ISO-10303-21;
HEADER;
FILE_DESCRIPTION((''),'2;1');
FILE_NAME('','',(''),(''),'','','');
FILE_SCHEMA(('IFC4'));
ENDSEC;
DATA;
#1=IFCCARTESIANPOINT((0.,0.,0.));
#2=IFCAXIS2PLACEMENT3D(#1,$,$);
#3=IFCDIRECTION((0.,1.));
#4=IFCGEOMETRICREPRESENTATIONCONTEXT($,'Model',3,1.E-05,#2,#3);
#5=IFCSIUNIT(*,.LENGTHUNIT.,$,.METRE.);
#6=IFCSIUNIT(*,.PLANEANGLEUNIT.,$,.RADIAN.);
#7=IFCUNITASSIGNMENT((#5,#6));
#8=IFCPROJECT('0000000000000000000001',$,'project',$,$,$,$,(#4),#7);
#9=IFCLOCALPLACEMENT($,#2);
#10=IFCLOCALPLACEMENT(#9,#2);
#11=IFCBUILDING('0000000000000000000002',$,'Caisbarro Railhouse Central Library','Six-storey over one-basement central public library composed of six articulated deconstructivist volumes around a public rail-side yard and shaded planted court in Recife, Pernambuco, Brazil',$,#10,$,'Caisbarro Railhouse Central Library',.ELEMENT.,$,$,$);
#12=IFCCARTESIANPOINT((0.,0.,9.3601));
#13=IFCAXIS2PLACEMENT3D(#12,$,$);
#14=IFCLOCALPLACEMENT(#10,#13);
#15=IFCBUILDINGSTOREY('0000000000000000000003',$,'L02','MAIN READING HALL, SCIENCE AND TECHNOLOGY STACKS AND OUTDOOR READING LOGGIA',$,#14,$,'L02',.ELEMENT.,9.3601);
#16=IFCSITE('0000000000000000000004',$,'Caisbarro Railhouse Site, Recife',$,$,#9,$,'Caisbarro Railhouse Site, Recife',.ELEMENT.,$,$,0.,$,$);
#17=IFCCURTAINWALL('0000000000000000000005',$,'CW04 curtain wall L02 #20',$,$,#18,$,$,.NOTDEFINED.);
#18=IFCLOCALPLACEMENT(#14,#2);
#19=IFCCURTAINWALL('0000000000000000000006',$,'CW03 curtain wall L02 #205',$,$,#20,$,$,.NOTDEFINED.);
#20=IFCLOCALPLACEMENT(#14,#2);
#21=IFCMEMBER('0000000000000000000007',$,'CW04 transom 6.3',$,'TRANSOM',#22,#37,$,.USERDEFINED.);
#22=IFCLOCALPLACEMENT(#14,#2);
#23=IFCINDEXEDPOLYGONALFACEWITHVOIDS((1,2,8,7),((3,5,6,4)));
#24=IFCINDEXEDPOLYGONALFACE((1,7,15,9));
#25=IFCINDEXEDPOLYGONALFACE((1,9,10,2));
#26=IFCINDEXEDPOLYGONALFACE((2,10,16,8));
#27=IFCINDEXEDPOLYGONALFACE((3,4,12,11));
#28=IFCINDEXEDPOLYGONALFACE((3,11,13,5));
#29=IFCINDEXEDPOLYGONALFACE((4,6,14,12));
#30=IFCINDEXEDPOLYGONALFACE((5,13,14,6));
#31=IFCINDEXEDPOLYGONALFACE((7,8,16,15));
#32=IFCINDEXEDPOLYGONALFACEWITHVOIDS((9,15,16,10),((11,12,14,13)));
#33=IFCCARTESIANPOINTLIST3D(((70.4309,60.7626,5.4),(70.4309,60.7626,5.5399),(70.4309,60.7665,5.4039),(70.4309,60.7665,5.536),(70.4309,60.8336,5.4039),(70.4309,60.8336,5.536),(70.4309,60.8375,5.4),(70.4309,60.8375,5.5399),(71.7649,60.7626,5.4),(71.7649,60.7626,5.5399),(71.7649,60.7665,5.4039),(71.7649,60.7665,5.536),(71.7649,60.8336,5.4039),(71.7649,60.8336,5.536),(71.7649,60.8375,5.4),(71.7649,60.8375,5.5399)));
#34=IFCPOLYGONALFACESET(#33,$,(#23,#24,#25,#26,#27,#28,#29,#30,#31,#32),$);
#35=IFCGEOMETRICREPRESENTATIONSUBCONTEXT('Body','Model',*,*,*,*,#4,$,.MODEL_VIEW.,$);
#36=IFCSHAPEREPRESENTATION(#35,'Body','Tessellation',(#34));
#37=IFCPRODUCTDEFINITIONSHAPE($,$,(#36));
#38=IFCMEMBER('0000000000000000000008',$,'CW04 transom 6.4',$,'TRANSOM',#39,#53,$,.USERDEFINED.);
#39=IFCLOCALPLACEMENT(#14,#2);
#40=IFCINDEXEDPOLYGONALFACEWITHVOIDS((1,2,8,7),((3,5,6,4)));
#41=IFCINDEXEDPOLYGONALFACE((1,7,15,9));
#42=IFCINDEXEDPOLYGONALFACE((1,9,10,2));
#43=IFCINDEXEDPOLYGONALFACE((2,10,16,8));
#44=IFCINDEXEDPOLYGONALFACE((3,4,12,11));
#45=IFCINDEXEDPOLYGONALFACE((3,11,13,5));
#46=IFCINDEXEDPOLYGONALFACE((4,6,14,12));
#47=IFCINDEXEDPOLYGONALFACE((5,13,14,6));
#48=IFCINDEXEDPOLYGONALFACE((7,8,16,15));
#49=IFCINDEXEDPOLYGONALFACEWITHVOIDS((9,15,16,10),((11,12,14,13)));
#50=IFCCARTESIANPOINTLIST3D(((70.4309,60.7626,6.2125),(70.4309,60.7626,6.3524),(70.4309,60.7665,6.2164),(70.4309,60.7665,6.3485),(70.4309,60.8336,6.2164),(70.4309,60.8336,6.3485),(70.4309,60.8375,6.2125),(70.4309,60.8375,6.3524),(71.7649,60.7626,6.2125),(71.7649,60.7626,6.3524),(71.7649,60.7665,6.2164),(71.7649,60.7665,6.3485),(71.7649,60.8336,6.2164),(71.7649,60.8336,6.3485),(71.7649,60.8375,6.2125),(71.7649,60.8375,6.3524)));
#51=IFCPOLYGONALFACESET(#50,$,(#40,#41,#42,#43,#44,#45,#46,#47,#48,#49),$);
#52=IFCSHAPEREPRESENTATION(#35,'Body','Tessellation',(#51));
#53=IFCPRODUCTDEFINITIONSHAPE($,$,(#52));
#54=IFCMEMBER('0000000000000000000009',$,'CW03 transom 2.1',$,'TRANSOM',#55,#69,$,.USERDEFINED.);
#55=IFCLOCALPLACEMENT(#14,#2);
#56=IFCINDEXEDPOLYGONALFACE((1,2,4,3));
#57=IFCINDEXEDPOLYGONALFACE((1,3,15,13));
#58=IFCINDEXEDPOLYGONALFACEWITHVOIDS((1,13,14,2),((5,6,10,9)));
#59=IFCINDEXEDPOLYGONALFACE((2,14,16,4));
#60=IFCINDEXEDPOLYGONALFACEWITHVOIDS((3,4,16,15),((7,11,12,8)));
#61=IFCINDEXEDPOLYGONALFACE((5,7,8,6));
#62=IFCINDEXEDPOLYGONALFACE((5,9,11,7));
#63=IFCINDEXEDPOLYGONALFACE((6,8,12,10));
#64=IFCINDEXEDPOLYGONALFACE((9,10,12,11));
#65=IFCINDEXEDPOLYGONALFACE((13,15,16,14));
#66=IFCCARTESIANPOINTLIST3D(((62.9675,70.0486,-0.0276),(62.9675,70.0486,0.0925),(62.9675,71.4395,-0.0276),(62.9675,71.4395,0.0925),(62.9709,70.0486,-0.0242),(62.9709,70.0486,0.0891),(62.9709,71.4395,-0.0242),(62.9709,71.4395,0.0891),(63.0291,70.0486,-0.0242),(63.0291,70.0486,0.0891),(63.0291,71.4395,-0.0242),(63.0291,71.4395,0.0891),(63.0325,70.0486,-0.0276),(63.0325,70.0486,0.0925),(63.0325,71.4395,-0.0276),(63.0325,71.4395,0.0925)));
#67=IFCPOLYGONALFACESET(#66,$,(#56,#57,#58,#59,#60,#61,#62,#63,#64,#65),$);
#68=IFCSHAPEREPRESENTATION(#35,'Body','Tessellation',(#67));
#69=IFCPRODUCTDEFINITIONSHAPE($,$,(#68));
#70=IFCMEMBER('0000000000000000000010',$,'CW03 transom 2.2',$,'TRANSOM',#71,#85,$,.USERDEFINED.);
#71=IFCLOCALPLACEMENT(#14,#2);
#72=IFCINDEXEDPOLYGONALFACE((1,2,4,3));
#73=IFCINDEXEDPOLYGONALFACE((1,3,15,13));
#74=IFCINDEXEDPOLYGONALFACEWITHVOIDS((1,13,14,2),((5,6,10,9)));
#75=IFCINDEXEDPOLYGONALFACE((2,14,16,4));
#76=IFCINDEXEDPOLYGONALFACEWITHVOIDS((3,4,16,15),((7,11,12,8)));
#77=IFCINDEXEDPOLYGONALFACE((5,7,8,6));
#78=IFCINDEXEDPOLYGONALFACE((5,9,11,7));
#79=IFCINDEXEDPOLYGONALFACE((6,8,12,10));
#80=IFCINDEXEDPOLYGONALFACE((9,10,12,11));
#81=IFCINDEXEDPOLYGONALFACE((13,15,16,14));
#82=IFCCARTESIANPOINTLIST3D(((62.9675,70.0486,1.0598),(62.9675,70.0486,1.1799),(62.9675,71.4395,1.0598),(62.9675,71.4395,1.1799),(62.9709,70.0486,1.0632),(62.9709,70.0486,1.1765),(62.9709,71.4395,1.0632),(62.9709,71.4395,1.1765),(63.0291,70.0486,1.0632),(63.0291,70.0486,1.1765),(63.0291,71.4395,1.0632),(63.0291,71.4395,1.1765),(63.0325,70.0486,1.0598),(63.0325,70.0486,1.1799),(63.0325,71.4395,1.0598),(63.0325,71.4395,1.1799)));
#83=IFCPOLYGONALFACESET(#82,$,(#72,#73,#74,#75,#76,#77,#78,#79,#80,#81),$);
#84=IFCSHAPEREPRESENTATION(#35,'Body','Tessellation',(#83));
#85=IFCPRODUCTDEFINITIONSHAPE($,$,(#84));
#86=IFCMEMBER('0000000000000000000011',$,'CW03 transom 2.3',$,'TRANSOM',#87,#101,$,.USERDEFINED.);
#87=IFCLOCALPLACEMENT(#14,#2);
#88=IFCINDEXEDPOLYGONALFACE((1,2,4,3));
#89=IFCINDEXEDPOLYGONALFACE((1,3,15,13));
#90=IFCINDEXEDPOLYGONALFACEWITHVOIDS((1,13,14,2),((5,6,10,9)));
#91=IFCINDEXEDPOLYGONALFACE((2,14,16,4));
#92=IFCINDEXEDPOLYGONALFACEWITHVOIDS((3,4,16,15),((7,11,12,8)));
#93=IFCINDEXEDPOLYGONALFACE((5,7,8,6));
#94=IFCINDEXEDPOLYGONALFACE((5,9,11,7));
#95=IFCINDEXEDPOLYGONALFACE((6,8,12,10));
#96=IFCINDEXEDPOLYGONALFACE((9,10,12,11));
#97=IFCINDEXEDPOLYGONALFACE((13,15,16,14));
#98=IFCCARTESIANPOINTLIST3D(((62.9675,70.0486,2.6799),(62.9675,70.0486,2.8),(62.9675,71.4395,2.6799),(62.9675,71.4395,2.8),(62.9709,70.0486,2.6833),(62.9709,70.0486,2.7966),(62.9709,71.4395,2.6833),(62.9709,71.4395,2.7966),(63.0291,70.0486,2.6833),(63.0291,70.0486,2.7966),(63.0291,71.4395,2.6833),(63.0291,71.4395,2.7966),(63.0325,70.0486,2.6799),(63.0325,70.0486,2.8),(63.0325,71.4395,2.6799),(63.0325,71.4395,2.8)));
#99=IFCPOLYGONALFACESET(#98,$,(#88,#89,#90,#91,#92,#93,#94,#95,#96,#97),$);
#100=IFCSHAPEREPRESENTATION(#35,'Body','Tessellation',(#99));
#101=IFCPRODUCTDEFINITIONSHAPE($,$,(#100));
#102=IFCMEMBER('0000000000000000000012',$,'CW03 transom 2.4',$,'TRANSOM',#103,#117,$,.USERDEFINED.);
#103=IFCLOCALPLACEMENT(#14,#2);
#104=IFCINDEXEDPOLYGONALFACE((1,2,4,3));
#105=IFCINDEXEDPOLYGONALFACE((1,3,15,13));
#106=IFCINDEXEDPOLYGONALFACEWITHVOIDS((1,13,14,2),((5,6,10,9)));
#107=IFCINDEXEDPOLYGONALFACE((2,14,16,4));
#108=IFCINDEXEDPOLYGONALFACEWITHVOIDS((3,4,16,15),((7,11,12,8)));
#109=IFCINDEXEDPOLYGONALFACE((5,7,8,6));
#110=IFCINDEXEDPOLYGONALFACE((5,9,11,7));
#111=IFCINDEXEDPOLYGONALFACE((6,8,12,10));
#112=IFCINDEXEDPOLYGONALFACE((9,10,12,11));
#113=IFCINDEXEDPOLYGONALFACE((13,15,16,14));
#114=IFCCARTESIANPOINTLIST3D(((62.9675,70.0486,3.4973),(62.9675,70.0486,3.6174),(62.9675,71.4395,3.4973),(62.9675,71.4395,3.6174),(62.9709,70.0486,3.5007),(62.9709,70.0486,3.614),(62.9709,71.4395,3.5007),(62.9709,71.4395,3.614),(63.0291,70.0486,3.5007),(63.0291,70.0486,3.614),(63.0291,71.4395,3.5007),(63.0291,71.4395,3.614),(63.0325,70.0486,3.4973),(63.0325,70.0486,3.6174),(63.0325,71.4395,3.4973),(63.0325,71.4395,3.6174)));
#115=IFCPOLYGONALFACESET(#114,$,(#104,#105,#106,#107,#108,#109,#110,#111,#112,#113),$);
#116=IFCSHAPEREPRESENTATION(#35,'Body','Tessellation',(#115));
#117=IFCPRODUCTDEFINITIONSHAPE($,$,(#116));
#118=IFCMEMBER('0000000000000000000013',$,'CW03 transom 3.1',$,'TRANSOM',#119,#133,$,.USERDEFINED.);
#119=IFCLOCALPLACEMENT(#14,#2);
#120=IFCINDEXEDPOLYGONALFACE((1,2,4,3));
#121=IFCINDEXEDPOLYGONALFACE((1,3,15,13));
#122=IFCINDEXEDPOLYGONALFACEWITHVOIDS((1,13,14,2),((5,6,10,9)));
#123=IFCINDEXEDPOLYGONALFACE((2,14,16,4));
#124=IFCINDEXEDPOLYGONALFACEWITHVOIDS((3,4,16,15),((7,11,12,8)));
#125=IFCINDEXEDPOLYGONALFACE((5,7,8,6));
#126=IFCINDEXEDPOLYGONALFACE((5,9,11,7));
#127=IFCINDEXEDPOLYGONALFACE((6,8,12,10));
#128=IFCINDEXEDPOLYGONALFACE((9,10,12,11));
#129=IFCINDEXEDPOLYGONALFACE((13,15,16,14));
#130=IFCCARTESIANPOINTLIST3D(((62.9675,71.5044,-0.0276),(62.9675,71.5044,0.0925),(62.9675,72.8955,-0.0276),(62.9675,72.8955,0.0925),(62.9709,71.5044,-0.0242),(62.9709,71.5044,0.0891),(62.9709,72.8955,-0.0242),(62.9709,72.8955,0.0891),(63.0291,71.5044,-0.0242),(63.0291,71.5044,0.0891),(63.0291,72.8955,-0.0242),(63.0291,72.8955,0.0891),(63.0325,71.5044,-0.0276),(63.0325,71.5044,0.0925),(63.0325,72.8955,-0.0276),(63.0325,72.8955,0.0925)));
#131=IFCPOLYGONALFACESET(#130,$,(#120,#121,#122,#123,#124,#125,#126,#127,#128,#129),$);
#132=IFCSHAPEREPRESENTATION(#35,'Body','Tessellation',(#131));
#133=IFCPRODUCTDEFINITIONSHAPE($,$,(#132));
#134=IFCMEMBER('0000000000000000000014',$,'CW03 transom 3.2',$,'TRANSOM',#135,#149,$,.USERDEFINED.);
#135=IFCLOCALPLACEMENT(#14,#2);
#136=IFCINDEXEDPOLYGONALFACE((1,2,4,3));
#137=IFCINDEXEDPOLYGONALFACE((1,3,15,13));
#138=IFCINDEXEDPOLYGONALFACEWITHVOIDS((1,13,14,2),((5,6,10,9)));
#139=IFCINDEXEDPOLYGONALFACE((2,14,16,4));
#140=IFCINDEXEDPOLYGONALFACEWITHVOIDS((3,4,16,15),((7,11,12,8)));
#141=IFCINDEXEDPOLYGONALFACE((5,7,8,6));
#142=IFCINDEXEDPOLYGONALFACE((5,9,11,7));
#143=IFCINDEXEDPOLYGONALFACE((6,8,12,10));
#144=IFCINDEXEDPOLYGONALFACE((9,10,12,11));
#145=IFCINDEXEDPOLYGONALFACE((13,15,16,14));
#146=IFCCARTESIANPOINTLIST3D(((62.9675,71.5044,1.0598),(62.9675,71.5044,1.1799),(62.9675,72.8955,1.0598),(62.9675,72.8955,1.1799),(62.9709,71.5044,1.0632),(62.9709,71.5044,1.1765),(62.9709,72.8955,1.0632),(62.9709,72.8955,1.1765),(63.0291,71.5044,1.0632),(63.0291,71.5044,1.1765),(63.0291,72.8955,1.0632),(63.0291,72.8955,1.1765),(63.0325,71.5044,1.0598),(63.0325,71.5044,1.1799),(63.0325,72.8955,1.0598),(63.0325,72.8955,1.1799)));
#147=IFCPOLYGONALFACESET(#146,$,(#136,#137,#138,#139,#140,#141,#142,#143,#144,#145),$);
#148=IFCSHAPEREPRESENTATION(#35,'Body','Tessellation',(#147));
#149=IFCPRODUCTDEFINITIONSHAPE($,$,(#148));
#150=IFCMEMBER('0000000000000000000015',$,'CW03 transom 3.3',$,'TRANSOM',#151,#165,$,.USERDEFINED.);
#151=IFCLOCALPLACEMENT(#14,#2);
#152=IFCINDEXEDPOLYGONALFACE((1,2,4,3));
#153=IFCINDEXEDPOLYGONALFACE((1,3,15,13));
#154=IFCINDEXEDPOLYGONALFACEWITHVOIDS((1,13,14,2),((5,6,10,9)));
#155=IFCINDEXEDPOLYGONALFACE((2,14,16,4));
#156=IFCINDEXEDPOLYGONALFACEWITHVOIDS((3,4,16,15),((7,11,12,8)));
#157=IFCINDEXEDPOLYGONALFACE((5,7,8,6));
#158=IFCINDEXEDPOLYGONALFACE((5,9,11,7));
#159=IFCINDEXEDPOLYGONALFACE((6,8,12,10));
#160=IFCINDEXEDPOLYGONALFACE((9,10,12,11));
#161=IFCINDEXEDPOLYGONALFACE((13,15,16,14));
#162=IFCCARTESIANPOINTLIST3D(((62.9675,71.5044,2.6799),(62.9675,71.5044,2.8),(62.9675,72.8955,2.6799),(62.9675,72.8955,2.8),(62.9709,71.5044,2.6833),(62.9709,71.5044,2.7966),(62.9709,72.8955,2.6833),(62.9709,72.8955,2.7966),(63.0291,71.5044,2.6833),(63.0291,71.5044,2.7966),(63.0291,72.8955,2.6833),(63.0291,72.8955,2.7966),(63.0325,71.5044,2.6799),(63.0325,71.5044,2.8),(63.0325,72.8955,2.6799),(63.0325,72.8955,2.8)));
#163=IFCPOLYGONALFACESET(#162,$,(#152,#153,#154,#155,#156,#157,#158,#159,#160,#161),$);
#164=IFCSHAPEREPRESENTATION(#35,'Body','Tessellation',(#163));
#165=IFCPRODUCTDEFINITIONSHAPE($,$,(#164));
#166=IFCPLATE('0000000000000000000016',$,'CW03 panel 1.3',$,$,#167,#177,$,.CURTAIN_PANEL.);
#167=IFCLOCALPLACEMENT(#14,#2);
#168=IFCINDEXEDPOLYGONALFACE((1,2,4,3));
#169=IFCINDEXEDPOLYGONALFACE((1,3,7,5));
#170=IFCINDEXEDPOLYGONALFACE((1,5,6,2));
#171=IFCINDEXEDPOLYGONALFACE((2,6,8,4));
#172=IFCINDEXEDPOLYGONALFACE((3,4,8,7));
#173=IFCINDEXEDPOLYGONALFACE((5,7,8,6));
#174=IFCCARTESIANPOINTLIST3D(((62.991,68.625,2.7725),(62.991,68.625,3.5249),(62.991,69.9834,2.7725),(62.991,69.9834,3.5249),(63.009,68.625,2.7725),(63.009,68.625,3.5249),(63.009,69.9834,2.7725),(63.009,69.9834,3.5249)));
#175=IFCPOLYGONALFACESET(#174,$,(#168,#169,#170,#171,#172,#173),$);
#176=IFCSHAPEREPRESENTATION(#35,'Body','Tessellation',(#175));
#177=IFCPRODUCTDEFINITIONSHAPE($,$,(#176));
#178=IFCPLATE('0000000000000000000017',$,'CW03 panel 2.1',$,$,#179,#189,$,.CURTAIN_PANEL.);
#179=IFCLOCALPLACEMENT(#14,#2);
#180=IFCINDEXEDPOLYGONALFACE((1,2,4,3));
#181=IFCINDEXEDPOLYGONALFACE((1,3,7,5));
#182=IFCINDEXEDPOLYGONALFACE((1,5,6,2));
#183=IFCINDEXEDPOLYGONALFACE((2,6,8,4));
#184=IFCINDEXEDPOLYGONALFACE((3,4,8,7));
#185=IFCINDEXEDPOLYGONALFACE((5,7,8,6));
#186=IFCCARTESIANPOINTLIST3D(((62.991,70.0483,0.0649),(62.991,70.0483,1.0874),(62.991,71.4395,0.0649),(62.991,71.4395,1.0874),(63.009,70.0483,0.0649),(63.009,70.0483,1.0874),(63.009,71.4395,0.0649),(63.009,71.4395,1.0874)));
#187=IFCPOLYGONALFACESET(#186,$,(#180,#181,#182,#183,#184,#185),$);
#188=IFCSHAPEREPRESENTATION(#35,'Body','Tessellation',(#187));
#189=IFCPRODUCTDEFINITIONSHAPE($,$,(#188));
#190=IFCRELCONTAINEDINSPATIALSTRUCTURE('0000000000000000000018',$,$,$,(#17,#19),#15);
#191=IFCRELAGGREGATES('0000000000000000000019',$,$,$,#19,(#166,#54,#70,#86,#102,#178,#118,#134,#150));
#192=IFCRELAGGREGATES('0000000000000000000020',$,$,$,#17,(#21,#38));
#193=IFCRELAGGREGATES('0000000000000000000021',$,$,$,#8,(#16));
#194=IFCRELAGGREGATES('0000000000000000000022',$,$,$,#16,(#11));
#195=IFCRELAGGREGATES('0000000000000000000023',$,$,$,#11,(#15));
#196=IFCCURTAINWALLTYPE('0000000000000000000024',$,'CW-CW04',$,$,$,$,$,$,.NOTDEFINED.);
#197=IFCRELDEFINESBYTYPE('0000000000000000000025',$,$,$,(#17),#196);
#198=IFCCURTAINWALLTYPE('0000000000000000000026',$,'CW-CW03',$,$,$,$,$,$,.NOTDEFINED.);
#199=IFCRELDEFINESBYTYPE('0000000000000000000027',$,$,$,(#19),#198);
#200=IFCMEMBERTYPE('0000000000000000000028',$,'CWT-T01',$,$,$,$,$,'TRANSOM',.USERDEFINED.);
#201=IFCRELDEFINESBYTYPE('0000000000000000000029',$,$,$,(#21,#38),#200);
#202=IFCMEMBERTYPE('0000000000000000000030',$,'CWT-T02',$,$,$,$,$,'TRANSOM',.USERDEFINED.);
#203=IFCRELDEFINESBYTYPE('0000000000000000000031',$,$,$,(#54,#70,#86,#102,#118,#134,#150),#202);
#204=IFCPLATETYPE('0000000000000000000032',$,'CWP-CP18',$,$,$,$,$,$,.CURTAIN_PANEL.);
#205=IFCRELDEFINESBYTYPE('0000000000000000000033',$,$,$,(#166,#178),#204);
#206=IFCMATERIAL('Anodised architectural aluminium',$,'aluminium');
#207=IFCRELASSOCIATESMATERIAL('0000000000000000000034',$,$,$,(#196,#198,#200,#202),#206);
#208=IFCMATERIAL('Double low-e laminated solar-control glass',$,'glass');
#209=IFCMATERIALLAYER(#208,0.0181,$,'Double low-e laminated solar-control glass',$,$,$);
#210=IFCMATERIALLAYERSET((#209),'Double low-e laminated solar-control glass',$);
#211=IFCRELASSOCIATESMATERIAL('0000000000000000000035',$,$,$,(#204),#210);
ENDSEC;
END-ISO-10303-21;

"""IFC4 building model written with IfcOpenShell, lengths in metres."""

from ifc_helpers import new_model, si_unit, direction, frame, origin, origin_2d, place, context, subcontext, project, spatial, rectangle, hollow_rectangle, extrude, material, layer, layer_set, material_profile, profile_set, type_object, element, aggregate, save


model = new_model("IFC4")

# Units and contexts
model_context = context("Model", 3, precision=1e-05, world=origin(), true_north=direction((0.0, 1.0)))
body_context = subcontext(model_context, "Body", "Model", "MODEL_VIEW")
ifc_project = project(units=[si_unit("LENGTHUNIT", "METRE"), si_unit("PLANEANGLEUNIT", "RADIAN")], contexts=[model_context])

# Site, building, storey
site_placement = place(None, origin())
site = spatial("IfcSite", under=ifc_project, at=site_placement, Name="Caisbarro Railhouse Site, Recife", LongName="Caisbarro Railhouse Site, Recife", CompositionType="ELEMENT", RefElevation=0.0)
building_placement = place(site_placement, origin())
building = spatial("IfcBuilding", under=site, at=building_placement, Name="Caisbarro Railhouse Central Library", Description="Six-storey over one-basement central public library composed of six articulated deconstructivist volumes around a public rail-side yard and shaded planted court in Recife, Pernambuco, Brazil", LongName="Caisbarro Railhouse Central Library", CompositionType="ELEMENT")
storey_placement = place(building_placement, frame((0.0, 0.0, 9.3601)))
storey = spatial("IfcBuildingStorey", under=building, at=storey_placement, Name="L02", Description="MAIN READING HALL, SCIENCE AND TECHNOLOGY STACKS AND OUTDOOR READING LOGGIA", LongName="L02", CompositionType="ELEMENT", Elevation=9.3601)

# Curtain walls
ifc_material_1 = material(Name="Anodised architectural aluminium", Category="aluminium")
curtain_wall_type_1 = type_object("IfcCurtainWallType", Name="CW-CW04", PredefinedType="NOTDEFINED", material=ifc_material_1)
curtain_wall_1_placement = place(storey_placement, origin())
curtain_wall_1 = element("IfcCurtainWall", 1, at=curtain_wall_1_placement, inside=storey, type_object=curtain_wall_type_1, Name="CW04 curtain wall L02 #20", PredefinedType="NOTDEFINED")
curtain_wall_type_2 = type_object("IfcCurtainWallType", Name="CW-CW03", PredefinedType="NOTDEFINED", material=ifc_material_1)
curtain_wall_2_placement = place(storey_placement, origin())
curtain_wall_2 = element("IfcCurtainWall", 2, at=curtain_wall_2_placement, inside=storey, type_object=curtain_wall_type_2, Name="CW03 curtain wall L02 #205", PredefinedType="NOTDEFINED")

# Members
ifc_material_profile_1 = material_profile(ifc_material_1, hollow_rectangle(XDim=0.075, YDim=0.1399, WallThickness=0.0039, at=origin_2d()), Name="ALU-TRN-75X140")
ifc_profile_set_1 = profile_set([ifc_material_profile_1], Name="Anodised architectural aluminium")
member_type_1 = type_object("IfcMemberType", Name="CWT-T01", ElementType="TRANSOM", PredefinedType="USERDEFINED", material=ifc_profile_set_1)
member_1_placement = place(storey_placement, frame((70.4309, 60.8, 5.47), z_axis=(1.0, 0.0, 0.0), x_axis=(0.0, 1.0, 0.0)))
member_1 = element("IfcMember", 3, at=member_1_placement, type_object=member_type_1, Name="CW04 transom 6.3", ObjectType="TRANSOM", PredefinedType="USERDEFINED", context=body_context, shape_type="SweptSolid", body=[
    extrude(hollow_rectangle(XDim=0.075, YDim=0.1399, WallThickness=0.0039, at=origin_2d()), origin(), (0.0, 0.0, 1.0), 1.334),
])
member_2_placement = place(storey_placement, frame((70.4309, 60.8, 6.2825), z_axis=(1.0, 0.0, 0.0), x_axis=(0.0, 1.0, 0.0)))
member_2 = element("IfcMember", 4, at=member_2_placement, type_object=member_type_1, Name="CW04 transom 6.4", ObjectType="TRANSOM", PredefinedType="USERDEFINED", context=body_context, shape_type="SweptSolid", body=[
    extrude(hollow_rectangle(XDim=0.075, YDim=0.1399, WallThickness=0.0039, at=origin_2d()), origin(), (0.0, 0.0, 1.0), 1.334),
])
ifc_material_profile_2 = material_profile(ifc_material_1, hollow_rectangle(XDim=0.0649, YDim=0.1201, WallThickness=0.0034, at=origin_2d()), Name="ALU-TRN-65X120")
ifc_profile_set_2 = profile_set([ifc_material_profile_2], Name="Anodised architectural aluminium")
member_type_2 = type_object("IfcMemberType", Name="CWT-T02", ElementType="TRANSOM", PredefinedType="USERDEFINED", material=ifc_profile_set_2)
member_3_placement = place(storey_placement, frame((63.0, 70.0486, 0.0325), z_axis=(0.0, 1.0, 0.0), x_axis=(-1.0, 0.0, 0.0)))
member_3 = element("IfcMember", 5, at=member_3_placement, type_object=member_type_2, Name="CW03 transom 2.1", ObjectType="TRANSOM", PredefinedType="USERDEFINED", context=body_context, shape_type="SweptSolid", body=[
    extrude(hollow_rectangle(XDim=0.0649, YDim=0.1201, WallThickness=0.0034, at=origin_2d()), origin(), (0.0, 0.0, 1.0), 1.3909),
])
member_4_placement = place(storey_placement, frame((63.0, 70.0486, 1.1199), z_axis=(0.0, 1.0, 0.0), x_axis=(-1.0, 0.0, 0.0)))
member_4 = element("IfcMember", 6, at=member_4_placement, type_object=member_type_2, Name="CW03 transom 2.2", ObjectType="TRANSOM", PredefinedType="USERDEFINED", context=body_context, shape_type="SweptSolid", body=[
    extrude(hollow_rectangle(XDim=0.0649, YDim=0.1201, WallThickness=0.0034, at=origin_2d()), origin(), (0.0, 0.0, 1.0), 1.3909),
])
member_5_placement = place(storey_placement, frame((63.0, 70.0486, 2.74), z_axis=(0.0, 1.0, 0.0), x_axis=(-1.0, 0.0, 0.0)))
member_5 = element("IfcMember", 7, at=member_5_placement, type_object=member_type_2, Name="CW03 transom 2.3", ObjectType="TRANSOM", PredefinedType="USERDEFINED", context=body_context, shape_type="SweptSolid", body=[
    extrude(hollow_rectangle(XDim=0.0649, YDim=0.1201, WallThickness=0.0034, at=origin_2d()), origin(), (0.0, 0.0, 1.0), 1.3909),
])
member_6_placement = place(storey_placement, frame((63.0, 70.0486, 3.5574), z_axis=(0.0, 1.0, 0.0), x_axis=(-1.0, 0.0, 0.0)))
member_6 = element("IfcMember", 8, at=member_6_placement, type_object=member_type_2, Name="CW03 transom 2.4", ObjectType="TRANSOM", PredefinedType="USERDEFINED", context=body_context, shape_type="SweptSolid", body=[
    extrude(hollow_rectangle(XDim=0.0649, YDim=0.1201, WallThickness=0.0034, at=origin_2d()), origin(), (0.0, 0.0, 1.0), 1.3909),
])
member_7_placement = place(storey_placement, frame((63.0, 71.5044, 0.0325), z_axis=(0.0, 1.0, 0.0), x_axis=(-1.0, 0.0, 0.0)))
member_7 = element("IfcMember", 9, at=member_7_placement, type_object=member_type_2, Name="CW03 transom 3.1", ObjectType="TRANSOM", PredefinedType="USERDEFINED", context=body_context, shape_type="SweptSolid", body=[
    extrude(hollow_rectangle(XDim=0.0649, YDim=0.1201, WallThickness=0.0034, at=origin_2d()), origin(), (0.0, 0.0, 1.0), 1.3911),
])
member_8_placement = place(storey_placement, frame((63.0, 71.5044, 1.1199), z_axis=(0.0, 1.0, 0.0), x_axis=(-1.0, 0.0, 0.0)))
member_8 = element("IfcMember", 10, at=member_8_placement, type_object=member_type_2, Name="CW03 transom 3.2", ObjectType="TRANSOM", PredefinedType="USERDEFINED", context=body_context, shape_type="SweptSolid", body=[
    extrude(hollow_rectangle(XDim=0.0649, YDim=0.1201, WallThickness=0.0034, at=origin_2d()), origin(), (0.0, 0.0, 1.0), 1.3911),
])
member_9_placement = place(storey_placement, frame((63.0, 71.5044, 2.74), z_axis=(0.0, 1.0, 0.0), x_axis=(-1.0, 0.0, 0.0)))
member_9 = element("IfcMember", 11, at=member_9_placement, type_object=member_type_2, Name="CW03 transom 3.3", ObjectType="TRANSOM", PredefinedType="USERDEFINED", context=body_context, shape_type="SweptSolid", body=[
    extrude(hollow_rectangle(XDim=0.0649, YDim=0.1201, WallThickness=0.0034, at=origin_2d()), origin(), (0.0, 0.0, 1.0), 1.3911),
])

# Plates
ifc_material_2 = material(Name="Double low-e laminated solar-control glass", Category="glass")
ifc_layer_1 = layer(ifc_material_2, 0.0181, Name="Double low-e laminated solar-control glass")
ifc_layer_set_1 = layer_set([ifc_layer_1], Name="Double low-e laminated solar-control glass")
plate_type_1 = type_object("IfcPlateType", Name="CWP-CP18", PredefinedType="CURTAIN_PANEL", material=ifc_layer_set_1)
plate_1_placement = place(storey_placement, frame((63.0, 69.3042, 2.7725), z_axis=(0.0, 0.0, 1.0), x_axis=(0.0, 1.0, 0.0)))
plate_1 = element("IfcPlate", 12, at=plate_1_placement, type_object=plate_type_1, Name="CW03 panel 1.3", PredefinedType="CURTAIN_PANEL", context=body_context, shape_type="SweptSolid", body=[
    extrude(rectangle(XDim=1.3584, YDim=0.0181, at=origin_2d()), origin(), (0.0, 0.0, 1.0), 0.7524),
])
plate_2_placement = place(storey_placement, frame((63.0, 70.7439, 0.0649), z_axis=(0.0, 0.0, 1.0), x_axis=(0.0, 1.0, 0.0)))
plate_2 = element("IfcPlate", 13, at=plate_2_placement, type_object=plate_type_1, Name="CW03 panel 2.1", PredefinedType="CURTAIN_PANEL", context=body_context, shape_type="SweptSolid", body=[
    extrude(rectangle(XDim=1.3911, YDim=0.0181, at=origin_2d()), origin(), (0.0, 0.0, 1.0), 1.0225),
])
aggregate(curtain_wall_2, [plate_1, member_3, member_4, member_5, member_6, plate_2, member_7, member_8, member_9])
aggregate(curtain_wall_1, [member_1, member_2])

save(model, "model.ifc")
